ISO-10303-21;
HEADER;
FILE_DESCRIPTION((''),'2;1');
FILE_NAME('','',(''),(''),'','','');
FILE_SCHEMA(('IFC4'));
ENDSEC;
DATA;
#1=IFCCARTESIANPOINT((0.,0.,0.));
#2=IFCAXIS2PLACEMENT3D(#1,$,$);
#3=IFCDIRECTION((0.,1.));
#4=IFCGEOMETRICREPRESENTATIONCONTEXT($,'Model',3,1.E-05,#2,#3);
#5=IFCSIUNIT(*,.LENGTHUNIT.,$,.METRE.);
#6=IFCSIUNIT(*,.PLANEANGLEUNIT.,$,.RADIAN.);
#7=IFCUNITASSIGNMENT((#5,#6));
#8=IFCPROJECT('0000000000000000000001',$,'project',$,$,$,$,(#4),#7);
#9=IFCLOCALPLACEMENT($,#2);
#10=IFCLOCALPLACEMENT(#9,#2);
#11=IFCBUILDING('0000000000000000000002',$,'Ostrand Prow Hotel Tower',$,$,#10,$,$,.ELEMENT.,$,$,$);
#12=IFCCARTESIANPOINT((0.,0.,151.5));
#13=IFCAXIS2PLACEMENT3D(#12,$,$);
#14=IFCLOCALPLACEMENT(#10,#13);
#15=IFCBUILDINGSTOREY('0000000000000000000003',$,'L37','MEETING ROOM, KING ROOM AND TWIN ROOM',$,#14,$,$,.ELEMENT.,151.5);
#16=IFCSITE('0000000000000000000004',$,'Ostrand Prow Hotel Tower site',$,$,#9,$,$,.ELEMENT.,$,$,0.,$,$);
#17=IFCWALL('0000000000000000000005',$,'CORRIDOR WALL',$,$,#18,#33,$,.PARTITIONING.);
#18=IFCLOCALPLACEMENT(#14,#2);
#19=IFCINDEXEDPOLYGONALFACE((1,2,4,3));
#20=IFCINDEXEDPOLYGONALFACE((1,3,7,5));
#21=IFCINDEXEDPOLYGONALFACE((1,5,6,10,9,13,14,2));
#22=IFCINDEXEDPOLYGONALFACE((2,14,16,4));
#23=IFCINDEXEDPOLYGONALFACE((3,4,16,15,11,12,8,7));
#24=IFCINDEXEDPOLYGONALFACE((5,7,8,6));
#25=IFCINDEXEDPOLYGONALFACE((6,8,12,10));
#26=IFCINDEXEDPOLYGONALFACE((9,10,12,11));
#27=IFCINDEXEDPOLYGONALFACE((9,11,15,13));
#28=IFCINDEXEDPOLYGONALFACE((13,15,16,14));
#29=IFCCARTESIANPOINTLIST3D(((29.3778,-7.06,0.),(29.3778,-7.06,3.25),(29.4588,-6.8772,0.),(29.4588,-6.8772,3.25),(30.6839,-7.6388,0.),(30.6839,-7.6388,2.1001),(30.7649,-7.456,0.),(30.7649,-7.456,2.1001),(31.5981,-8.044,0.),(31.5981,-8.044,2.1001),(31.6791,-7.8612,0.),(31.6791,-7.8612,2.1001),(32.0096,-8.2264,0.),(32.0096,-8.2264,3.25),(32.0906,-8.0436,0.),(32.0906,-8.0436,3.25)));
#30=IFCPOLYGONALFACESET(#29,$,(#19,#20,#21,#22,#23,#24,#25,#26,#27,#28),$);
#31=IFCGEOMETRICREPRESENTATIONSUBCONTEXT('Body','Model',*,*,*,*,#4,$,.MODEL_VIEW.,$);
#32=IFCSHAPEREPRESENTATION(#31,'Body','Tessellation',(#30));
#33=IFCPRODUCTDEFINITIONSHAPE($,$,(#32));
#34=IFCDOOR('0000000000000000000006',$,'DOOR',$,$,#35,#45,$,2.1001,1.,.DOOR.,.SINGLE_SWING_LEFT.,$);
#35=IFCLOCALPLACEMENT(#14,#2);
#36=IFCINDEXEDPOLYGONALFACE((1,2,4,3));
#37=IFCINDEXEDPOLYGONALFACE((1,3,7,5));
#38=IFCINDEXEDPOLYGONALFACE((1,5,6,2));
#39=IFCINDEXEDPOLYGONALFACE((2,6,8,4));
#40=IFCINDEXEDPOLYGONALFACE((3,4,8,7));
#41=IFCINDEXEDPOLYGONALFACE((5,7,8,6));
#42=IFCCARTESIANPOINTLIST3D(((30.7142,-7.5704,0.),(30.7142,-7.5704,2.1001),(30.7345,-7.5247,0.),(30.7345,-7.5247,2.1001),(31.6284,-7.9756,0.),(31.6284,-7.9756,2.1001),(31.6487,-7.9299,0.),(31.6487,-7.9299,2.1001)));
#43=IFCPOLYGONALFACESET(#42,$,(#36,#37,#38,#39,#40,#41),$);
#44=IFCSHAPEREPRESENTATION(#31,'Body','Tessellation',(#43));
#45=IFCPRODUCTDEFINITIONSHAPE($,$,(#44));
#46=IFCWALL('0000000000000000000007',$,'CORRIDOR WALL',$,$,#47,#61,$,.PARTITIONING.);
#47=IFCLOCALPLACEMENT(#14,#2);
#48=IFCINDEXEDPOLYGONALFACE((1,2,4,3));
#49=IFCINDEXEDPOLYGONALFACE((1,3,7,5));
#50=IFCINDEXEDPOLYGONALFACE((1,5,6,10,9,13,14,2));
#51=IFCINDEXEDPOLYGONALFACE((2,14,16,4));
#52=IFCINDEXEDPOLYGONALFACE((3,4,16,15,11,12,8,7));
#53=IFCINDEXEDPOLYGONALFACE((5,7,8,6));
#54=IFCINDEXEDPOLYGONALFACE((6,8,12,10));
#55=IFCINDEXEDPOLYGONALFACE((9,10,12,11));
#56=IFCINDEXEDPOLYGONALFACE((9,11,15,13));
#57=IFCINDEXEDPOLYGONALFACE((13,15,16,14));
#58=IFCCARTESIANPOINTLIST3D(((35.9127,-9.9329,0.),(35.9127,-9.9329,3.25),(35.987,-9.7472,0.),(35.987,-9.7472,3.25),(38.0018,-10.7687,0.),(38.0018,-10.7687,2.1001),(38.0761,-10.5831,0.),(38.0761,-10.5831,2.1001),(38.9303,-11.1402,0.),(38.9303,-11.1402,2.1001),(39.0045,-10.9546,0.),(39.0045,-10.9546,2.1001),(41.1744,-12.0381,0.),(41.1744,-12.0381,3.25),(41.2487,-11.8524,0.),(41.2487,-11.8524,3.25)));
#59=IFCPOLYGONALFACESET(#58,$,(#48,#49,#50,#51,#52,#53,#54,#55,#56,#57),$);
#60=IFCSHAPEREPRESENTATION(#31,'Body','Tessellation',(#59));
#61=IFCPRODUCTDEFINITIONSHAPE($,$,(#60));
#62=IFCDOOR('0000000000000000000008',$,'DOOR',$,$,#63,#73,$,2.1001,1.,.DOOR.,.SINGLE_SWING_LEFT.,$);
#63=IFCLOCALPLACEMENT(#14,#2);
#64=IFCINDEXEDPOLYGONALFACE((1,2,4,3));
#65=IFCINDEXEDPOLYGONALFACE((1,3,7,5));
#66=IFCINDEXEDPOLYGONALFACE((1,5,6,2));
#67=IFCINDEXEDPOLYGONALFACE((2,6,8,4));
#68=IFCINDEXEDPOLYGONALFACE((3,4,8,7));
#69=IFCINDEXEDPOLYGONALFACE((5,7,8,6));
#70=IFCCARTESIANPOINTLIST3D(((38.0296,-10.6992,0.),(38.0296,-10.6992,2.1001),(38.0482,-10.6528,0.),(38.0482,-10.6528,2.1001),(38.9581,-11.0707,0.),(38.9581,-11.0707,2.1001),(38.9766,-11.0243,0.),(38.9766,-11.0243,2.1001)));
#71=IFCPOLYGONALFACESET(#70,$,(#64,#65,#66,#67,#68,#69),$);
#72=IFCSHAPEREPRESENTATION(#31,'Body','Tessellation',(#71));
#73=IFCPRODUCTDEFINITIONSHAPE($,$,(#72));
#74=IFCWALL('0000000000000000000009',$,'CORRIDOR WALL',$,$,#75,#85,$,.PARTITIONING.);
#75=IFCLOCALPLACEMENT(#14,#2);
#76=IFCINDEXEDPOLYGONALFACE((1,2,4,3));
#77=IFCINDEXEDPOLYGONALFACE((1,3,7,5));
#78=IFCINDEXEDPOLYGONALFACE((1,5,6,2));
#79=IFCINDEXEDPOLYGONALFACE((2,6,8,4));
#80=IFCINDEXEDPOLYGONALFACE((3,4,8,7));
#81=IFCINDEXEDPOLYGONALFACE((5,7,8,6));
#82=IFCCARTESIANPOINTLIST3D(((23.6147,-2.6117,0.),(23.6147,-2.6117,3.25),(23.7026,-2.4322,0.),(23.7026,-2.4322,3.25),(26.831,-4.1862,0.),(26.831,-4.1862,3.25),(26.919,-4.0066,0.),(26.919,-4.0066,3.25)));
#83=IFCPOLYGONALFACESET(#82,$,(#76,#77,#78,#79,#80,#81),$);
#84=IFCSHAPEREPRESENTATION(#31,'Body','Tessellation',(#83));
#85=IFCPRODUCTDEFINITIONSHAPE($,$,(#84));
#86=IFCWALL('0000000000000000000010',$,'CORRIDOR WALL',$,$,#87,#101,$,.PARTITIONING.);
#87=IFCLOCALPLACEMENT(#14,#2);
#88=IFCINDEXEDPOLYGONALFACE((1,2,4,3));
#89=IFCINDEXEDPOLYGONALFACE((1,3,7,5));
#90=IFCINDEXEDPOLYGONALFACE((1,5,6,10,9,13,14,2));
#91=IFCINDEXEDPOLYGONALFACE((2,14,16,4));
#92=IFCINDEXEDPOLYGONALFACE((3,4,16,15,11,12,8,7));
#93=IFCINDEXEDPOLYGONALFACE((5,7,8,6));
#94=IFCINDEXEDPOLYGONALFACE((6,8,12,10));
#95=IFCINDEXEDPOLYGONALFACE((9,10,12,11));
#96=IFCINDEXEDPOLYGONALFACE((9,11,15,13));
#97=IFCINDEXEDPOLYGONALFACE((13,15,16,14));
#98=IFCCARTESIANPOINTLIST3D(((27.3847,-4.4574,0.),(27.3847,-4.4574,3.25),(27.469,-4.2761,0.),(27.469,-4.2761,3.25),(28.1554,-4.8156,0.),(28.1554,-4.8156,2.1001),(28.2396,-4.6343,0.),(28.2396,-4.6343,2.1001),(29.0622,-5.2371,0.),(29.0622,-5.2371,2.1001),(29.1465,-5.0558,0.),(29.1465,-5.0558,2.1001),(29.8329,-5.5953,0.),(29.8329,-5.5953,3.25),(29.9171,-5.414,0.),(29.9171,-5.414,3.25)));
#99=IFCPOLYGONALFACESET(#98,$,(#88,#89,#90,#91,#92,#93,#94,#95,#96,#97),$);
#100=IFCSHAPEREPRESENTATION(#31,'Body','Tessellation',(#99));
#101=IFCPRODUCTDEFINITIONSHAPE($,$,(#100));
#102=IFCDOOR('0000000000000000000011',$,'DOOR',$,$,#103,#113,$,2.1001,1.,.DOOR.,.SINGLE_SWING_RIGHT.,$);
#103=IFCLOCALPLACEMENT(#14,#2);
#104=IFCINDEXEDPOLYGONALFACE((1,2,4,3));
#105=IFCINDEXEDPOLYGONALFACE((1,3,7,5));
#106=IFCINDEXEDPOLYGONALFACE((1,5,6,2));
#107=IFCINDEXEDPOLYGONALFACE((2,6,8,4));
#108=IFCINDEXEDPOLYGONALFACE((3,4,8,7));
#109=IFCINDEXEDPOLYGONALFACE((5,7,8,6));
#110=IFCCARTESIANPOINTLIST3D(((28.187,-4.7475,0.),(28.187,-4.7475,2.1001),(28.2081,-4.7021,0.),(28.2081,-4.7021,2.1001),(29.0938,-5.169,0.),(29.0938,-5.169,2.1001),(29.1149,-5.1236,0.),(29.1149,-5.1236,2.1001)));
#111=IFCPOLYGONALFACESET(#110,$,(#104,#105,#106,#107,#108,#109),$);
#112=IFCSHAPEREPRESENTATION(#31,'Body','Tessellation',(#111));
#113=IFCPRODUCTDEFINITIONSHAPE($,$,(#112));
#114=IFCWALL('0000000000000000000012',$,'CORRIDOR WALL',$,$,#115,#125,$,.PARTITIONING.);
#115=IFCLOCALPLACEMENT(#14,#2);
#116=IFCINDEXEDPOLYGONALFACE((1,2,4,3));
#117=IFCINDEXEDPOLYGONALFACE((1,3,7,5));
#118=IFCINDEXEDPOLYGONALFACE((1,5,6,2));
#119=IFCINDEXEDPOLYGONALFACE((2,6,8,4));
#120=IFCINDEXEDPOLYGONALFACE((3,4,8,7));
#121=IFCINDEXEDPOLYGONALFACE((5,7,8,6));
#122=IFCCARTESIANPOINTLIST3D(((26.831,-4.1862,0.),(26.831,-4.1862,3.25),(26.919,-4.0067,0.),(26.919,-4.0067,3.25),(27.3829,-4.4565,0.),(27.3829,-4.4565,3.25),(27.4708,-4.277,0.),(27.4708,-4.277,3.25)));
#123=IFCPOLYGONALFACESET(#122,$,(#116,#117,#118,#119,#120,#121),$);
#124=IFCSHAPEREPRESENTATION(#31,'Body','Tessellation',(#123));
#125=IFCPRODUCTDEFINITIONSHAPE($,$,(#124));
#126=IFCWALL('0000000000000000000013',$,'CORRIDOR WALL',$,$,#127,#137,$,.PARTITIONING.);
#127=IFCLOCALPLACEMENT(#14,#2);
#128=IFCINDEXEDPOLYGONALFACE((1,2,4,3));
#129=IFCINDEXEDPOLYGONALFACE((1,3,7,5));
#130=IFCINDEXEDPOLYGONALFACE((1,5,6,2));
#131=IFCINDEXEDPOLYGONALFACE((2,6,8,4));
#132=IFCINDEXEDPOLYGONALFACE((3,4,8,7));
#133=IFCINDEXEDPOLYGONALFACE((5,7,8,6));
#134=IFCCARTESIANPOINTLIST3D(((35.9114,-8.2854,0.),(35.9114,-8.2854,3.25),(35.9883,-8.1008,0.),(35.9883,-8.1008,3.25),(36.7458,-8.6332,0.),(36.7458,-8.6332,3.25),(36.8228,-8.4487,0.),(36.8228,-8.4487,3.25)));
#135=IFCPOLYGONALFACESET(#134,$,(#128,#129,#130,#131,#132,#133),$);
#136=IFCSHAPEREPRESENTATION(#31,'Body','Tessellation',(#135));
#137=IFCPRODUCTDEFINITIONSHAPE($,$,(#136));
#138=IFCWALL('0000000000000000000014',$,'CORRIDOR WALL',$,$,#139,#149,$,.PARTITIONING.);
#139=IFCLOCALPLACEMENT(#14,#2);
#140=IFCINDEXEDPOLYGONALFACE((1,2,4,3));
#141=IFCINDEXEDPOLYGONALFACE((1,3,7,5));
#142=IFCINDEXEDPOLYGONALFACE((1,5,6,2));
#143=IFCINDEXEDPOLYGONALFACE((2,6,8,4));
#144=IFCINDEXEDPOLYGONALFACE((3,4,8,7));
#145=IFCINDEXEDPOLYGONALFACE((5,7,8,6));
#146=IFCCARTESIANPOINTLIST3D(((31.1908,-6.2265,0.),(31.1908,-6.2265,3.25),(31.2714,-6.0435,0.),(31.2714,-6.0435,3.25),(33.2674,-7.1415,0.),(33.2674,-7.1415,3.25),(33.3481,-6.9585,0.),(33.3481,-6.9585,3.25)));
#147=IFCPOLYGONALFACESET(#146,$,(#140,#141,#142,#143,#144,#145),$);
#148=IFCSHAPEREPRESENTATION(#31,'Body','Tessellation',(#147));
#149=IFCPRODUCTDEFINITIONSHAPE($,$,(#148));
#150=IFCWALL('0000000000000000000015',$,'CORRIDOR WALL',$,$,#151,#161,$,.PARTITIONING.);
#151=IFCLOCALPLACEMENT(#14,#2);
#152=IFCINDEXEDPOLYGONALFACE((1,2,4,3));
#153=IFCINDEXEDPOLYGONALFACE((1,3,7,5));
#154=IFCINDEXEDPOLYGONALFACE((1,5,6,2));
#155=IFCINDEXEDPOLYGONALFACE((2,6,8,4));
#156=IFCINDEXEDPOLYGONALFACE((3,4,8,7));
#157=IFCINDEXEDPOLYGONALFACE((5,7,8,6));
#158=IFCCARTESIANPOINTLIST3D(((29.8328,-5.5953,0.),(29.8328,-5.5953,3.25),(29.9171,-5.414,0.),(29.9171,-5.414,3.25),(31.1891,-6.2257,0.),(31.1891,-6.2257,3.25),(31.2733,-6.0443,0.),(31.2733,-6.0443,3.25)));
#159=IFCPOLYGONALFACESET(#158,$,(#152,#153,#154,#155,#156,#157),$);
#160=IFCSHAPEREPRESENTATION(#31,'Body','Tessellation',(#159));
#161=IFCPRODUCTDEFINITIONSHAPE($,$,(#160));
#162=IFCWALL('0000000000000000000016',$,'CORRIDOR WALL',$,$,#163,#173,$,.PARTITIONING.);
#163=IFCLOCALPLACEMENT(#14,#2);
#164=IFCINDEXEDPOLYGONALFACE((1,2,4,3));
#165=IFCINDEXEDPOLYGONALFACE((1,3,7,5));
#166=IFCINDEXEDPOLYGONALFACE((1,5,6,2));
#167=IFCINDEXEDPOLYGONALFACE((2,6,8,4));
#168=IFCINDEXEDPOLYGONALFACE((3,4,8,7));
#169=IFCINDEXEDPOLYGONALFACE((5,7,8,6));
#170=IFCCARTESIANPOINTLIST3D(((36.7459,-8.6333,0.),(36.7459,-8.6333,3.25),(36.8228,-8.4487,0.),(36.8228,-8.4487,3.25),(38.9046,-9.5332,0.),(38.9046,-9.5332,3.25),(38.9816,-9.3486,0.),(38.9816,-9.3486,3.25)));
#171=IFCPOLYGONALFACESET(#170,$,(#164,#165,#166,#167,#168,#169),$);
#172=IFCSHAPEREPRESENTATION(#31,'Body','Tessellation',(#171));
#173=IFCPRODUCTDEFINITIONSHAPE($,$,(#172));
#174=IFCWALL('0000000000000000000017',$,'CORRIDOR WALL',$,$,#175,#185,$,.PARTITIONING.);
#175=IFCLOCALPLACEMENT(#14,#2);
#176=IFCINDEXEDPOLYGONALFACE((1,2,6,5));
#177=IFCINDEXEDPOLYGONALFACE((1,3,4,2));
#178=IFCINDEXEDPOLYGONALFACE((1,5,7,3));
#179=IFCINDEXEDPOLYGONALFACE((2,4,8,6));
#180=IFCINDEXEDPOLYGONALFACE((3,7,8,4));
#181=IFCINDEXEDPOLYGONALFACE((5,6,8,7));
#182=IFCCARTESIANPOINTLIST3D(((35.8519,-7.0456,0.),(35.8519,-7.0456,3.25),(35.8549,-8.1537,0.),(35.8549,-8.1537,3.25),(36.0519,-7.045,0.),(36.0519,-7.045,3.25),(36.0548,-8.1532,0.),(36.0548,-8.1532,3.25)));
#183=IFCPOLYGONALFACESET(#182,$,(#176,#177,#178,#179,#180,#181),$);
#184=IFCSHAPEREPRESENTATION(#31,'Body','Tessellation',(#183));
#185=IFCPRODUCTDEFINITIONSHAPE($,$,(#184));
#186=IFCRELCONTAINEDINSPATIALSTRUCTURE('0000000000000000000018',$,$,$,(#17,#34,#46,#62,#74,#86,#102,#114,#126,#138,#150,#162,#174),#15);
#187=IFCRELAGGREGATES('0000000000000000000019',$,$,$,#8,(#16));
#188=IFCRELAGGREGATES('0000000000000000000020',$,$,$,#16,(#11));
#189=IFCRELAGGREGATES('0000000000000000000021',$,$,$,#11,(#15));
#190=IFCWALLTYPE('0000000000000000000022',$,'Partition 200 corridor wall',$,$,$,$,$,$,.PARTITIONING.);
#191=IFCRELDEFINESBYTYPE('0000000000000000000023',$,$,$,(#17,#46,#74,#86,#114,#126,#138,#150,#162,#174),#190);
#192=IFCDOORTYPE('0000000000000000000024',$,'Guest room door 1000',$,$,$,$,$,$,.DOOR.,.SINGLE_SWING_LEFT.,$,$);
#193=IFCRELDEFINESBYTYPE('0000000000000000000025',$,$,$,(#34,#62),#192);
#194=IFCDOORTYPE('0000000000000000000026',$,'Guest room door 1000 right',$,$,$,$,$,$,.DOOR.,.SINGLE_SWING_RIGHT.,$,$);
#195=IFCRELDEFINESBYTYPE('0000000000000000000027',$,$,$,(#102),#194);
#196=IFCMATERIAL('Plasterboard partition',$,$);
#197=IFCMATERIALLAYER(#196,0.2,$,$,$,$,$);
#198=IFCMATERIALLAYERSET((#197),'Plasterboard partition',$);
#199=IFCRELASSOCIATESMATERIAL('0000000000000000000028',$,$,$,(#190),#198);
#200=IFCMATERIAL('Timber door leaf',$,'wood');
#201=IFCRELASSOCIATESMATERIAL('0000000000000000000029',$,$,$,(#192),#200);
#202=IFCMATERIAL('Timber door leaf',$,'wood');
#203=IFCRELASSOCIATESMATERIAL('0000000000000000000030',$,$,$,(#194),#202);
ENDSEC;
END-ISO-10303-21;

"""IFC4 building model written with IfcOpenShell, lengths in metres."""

from ifc_helpers import new_model, si_unit, direction, frame, frame_2d, origin, place, context, subcontext, project, spatial, rectangle, extrude, material, layer, layer_set, type_object, element, fill, save


model = new_model("IFC4")

# Units and contexts
model_context = context("Model", 3, precision=1e-05, world=origin(), true_north=direction((0.0, 1.0)))
body_context = subcontext(model_context, "Body", "Model", "MODEL_VIEW")
ifc_project = project(units=[si_unit("LENGTHUNIT", "METRE"), si_unit("PLANEANGLEUNIT", "RADIAN")], contexts=[model_context])

# Site, building, storey
site_placement = place(None, origin())
site = spatial("IfcSite", under=ifc_project, at=site_placement, Name="Ostrand Prow Hotel Tower site", CompositionType="ELEMENT", RefElevation=0.0)
building_placement = place(site_placement, origin())
building = spatial("IfcBuilding", under=site, at=building_placement, Name="Ostrand Prow Hotel Tower", CompositionType="ELEMENT")
storey_placement = place(building_placement, frame((0.0, 0.0, 151.5)))
storey = spatial("IfcBuildingStorey", under=building, at=storey_placement, Name="L37", Description="MEETING ROOM, KING ROOM AND TWIN ROOM", CompositionType="ELEMENT", Elevation=151.5)

# Walls, openings, doors
ifc_material_1 = material(Name="Plasterboard partition")
ifc_layer_1 = layer(ifc_material_1, 0.2)
ifc_layer_set_1 = layer_set([ifc_layer_1], Name="Plasterboard partition")
wall_type_1 = type_object("IfcWallType", Name="Partition 200 corridor wall", PredefinedType="PARTITIONING", material=ifc_layer_set_1)
wall_1_placement = place(storey_placement, frame((29.4182, -6.9685, 0.0), z_axis=(0.0, 0.0, 1.0), x_axis=(0.914224, -0.40521, 0.0)))
wall_1 = element("IfcWall", 1, at=wall_1_placement, inside=storey, type_object=wall_type_1, Name="CORRIDOR WALL", PredefinedType="PARTITIONING", context=body_context, shape_type="SweptSolid", body=[
    extrude(rectangle(XDim=2.8787, YDim=0.2, at=frame_2d((1.4395, 0.0))), origin(), (0.0, 0.0, 1.0), 3.25),
])
opening_1_placement = place(wall_1_placement, frame((1.4287, 0.0, 0.0)))
opening_1 = element("IfcOpeningElement", 2, at=opening_1_placement, cuts=wall_1, PredefinedType="OPENING", context=body_context, shape_type="SweptSolid", body=[
    extrude(rectangle(XDim=1.0, YDim=2.1001, at=frame_2d((0.5, 1.05))), frame((0.0, 0.1099, 0.0), z_axis=(0.0, -1.0, 0.0), x_axis=(1.0, 0.0, 0.0)), (0.0, 0.0, 1.0), 0.22),
])
ifc_material_2 = material(Name="Timber door leaf", Category="wood")
door_type_1 = type_object("IfcDoorType", Name="Guest room door 1000", OperationType="SINGLE_SWING_LEFT", PredefinedType="DOOR", material=ifc_material_2)
door_1_placement = place(opening_1_placement, origin())
door_1 = element("IfcDoor", 3, at=door_1_placement, inside=storey, type_object=door_type_1, Name="DOOR", OperationType="SINGLE_SWING_LEFT", OverallHeight=2.1001, OverallWidth=1.0, PredefinedType="DOOR", context=body_context, shape_type="SweptSolid", body=[
    extrude(rectangle(XDim=1.0, YDim=2.1001, at=frame_2d((0.5, 1.05))), frame((0.0, 0.0249, 0.0), z_axis=(0.0, -1.0, 0.0), x_axis=(1.0, 0.0, 0.0)), (0.0, 0.0, 1.0), 0.05),
])
fill(opening_1, door_1)
wall_2_placement = place(storey_placement, frame((35.95, -9.8401, 0.0), z_axis=(0.0, 0.0, 1.0), x_axis=(0.928444, -0.371472, 0.0)))
wall_2 = element("IfcWall", 4, at=wall_2_placement, inside=storey, type_object=wall_type_1, Name="CORRIDOR WALL", PredefinedType="PARTITIONING", context=body_context, shape_type="SweptSolid", body=[
    extrude(rectangle(XDim=5.6672, YDim=0.2, at=frame_2d((2.8335, 0.0))), origin(), (0.0, 0.0, 1.0), 3.25),
])
opening_2_placement = place(wall_2_placement, frame((2.25, 0.0, 0.0)))
opening_2 = element("IfcOpeningElement", 5, at=opening_2_placement, cuts=wall_2, PredefinedType="OPENING", context=body_context, shape_type="SweptSolid", body=[
    extrude(rectangle(XDim=1.0, YDim=2.1001, at=frame_2d((0.5, 1.05))), frame((0.0, 0.1099, 0.0), z_axis=(0.0, -1.0, 0.0), x_axis=(1.0, 0.0, 0.0)), (0.0, 0.0, 1.0), 0.22),
])
door_2_placement = place(opening_2_placement, origin())
door_2 = element("IfcDoor", 6, at=door_2_placement, inside=storey, type_object=door_type_1, Name="DOOR", OperationType="SINGLE_SWING_LEFT", OverallHeight=2.1001, OverallWidth=1.0, PredefinedType="DOOR", context=body_context, shape_type="SweptSolid", body=[
    extrude(rectangle(XDim=1.0, YDim=2.1001, at=frame_2d((0.5, 1.05))), frame((0.0, 0.0249, 0.0), z_axis=(0.0, -1.0, 0.0), x_axis=(1.0, 0.0, 0.0)), (0.0, 0.0, 1.0), 0.05),
])
fill(opening_2, door_2)

# Wall
wall_3_placement = place(storey_placement, frame((26.875, -4.0964, 0.0), z_axis=(0.0, 0.0, 1.0), x_axis=(-0.898159, 0.439671, 0.0)))
element("IfcWall", 7, at=wall_3_placement, inside=storey, type_object=wall_type_1, Name="CORRIDOR WALL", PredefinedType="PARTITIONING", context=body_context, shape_type="SweptSolid", body=[
    extrude(rectangle(XDim=3.5811, YDim=0.2, at=frame_2d((1.7905, 0.0))), origin(), (0.0, 0.0, 1.0), 3.25),
])

# Wall, opening, door
wall_4_placement = place(storey_placement, frame((29.875, -5.5046, 0.0), z_axis=(0.0, 0.0, 1.0), x_axis=(-0.906831, 0.421494, 0.0)))
wall_4 = element("IfcWall", 8, at=wall_4_placement, inside=storey, type_object=wall_type_1, Name="CORRIDOR WALL", PredefinedType="PARTITIONING", context=body_context, shape_type="SweptSolid", body=[
    extrude(rectangle(XDim=2.6997, YDim=0.2, at=frame_2d((1.3499, 0.0))), origin(), (0.0, 0.0, 1.0), 3.25),
])
opening_3_placement = place(wall_4_placement, frame((0.8499, 0.0, 0.0)))
opening_3 = element("IfcOpeningElement", 9, at=opening_3_placement, cuts=wall_4, PredefinedType="OPENING", context=body_context, shape_type="SweptSolid", body=[
    extrude(rectangle(XDim=1.0, YDim=2.1001, at=frame_2d((0.5, 1.05))), frame((0.0, 0.1099, 0.0), z_axis=(0.0, -1.0, 0.0), x_axis=(1.0, 0.0, 0.0)), (0.0, 0.0, 1.0), 0.22),
])
ifc_material_3 = material(Name="Timber door leaf", Category="wood")
door_type_2 = type_object("IfcDoorType", Name="Guest room door 1000 right", OperationType="SINGLE_SWING_RIGHT", PredefinedType="DOOR", material=ifc_material_3)
door_3_placement = place(opening_3_placement, origin())
door_3 = element("IfcDoor", 10, at=door_3_placement, inside=storey, type_object=door_type_2, Name="DOOR", OperationType="SINGLE_SWING_RIGHT", OverallHeight=2.1001, OverallWidth=1.0, PredefinedType="DOOR", context=body_context, shape_type="SweptSolid", body=[
    extrude(rectangle(XDim=1.0, YDim=2.1001, at=frame_2d((0.5, 1.05))), frame((0.0, 0.0249, 0.0), z_axis=(0.0, -1.0, 0.0), x_axis=(1.0, 0.0, 0.0)), (0.0, 0.0, 1.0), 0.05),
])
fill(opening_3, door_3)

# Walls
wall_5_placement = place(storey_placement, frame((27.4268, -4.3667, 0.0), z_axis=(0.0, 0.0, 1.0), x_axis=(-0.898053, 0.439887, 0.0)))
element("IfcWall", 11, at=wall_5_placement, inside=storey, type_object=wall_type_1, Name="CORRIDOR WALL", PredefinedType="PARTITIONING", context=body_context, shape_type="SweptSolid", body=[
    extrude(rectangle(XDim=0.6145, YDim=0.2, at=frame_2d((0.3071, 0.0))), origin(), (0.0, 0.0, 1.0), 3.25),
])
wall_6_placement = place(storey_placement, frame((36.7844, -8.541, 0.0), z_axis=(0.0, 0.0, 1.0), x_axis=(-0.922997, 0.384807, 0.0)))
element("IfcWall", 12, at=wall_6_placement, inside=storey, type_object=wall_type_1, Name="CORRIDOR WALL", PredefinedType="PARTITIONING", context=body_context, shape_type="SweptSolid", body=[
    extrude(rectangle(XDim=0.9041, YDim=0.2, at=frame_2d((0.4521, 0.0))), origin(), (0.0, 0.0, 1.0), 3.25),
])
wall_7_placement = place(storey_placement, frame((33.3079, -7.05, 0.0), z_axis=(0.0, 0.0, 1.0), x_axis=(-0.915102, 0.403222, 0.0)))
element("IfcWall", 13, at=wall_7_placement, inside=storey, type_object=wall_type_1, Name="CORRIDOR WALL", PredefinedType="PARTITIONING", context=body_context, shape_type="SweptSolid", body=[
    extrude(rectangle(XDim=2.2693, YDim=0.2, at=frame_2d((1.1348, 0.0))), origin(), (0.0, 0.0, 1.0), 3.25),
])
wall_8_placement = place(storey_placement, frame((31.2312, -6.135, 0.0), z_axis=(0.0, 0.0, 1.0), x_axis=(-0.906829, 0.4215, 0.0)))
element("IfcWall", 14, at=wall_8_placement, inside=storey, type_object=wall_type_1, Name="CORRIDOR WALL", PredefinedType="PARTITIONING", context=body_context, shape_type="SweptSolid", body=[
    extrude(rectangle(XDim=1.4956, YDim=0.2, at=frame_2d((0.7478, 0.0))), origin(), (0.0, 0.0, 1.0), 3.25),
])
wall_9_placement = place(storey_placement, frame((38.9431, -9.4409, 0.0), z_axis=(0.0, 0.0, 1.0), x_axis=(-0.923009, 0.384778, 0.0)))
element("IfcWall", 15, at=wall_9_placement, inside=storey, type_object=wall_type_1, Name="CORRIDOR WALL", PredefinedType="PARTITIONING", context=body_context, shape_type="SweptSolid", body=[
    extrude(rectangle(XDim=2.3389, YDim=0.2, at=frame_2d((1.1694, 0.0))), origin(), (0.0, 0.0, 1.0), 3.25),
])
wall_10_placement = place(storey_placement, frame((35.9548, -8.1536, 0.0), z_axis=(0.0, 0.0, 1.0), x_axis=(-0.002644, 0.999997, 0.0)))
element("IfcWall", 16, at=wall_10_placement, inside=storey, type_object=wall_type_1, Name="CORRIDOR WALL", PredefinedType="PARTITIONING", context=body_context, shape_type="SweptSolid", body=[
    extrude(rectangle(XDim=1.1082, YDim=0.2, at=frame_2d((0.5542, 0.0))), origin(), (0.0, 0.0, 1.0), 3.25),
])

save(model, "model.ifc")
